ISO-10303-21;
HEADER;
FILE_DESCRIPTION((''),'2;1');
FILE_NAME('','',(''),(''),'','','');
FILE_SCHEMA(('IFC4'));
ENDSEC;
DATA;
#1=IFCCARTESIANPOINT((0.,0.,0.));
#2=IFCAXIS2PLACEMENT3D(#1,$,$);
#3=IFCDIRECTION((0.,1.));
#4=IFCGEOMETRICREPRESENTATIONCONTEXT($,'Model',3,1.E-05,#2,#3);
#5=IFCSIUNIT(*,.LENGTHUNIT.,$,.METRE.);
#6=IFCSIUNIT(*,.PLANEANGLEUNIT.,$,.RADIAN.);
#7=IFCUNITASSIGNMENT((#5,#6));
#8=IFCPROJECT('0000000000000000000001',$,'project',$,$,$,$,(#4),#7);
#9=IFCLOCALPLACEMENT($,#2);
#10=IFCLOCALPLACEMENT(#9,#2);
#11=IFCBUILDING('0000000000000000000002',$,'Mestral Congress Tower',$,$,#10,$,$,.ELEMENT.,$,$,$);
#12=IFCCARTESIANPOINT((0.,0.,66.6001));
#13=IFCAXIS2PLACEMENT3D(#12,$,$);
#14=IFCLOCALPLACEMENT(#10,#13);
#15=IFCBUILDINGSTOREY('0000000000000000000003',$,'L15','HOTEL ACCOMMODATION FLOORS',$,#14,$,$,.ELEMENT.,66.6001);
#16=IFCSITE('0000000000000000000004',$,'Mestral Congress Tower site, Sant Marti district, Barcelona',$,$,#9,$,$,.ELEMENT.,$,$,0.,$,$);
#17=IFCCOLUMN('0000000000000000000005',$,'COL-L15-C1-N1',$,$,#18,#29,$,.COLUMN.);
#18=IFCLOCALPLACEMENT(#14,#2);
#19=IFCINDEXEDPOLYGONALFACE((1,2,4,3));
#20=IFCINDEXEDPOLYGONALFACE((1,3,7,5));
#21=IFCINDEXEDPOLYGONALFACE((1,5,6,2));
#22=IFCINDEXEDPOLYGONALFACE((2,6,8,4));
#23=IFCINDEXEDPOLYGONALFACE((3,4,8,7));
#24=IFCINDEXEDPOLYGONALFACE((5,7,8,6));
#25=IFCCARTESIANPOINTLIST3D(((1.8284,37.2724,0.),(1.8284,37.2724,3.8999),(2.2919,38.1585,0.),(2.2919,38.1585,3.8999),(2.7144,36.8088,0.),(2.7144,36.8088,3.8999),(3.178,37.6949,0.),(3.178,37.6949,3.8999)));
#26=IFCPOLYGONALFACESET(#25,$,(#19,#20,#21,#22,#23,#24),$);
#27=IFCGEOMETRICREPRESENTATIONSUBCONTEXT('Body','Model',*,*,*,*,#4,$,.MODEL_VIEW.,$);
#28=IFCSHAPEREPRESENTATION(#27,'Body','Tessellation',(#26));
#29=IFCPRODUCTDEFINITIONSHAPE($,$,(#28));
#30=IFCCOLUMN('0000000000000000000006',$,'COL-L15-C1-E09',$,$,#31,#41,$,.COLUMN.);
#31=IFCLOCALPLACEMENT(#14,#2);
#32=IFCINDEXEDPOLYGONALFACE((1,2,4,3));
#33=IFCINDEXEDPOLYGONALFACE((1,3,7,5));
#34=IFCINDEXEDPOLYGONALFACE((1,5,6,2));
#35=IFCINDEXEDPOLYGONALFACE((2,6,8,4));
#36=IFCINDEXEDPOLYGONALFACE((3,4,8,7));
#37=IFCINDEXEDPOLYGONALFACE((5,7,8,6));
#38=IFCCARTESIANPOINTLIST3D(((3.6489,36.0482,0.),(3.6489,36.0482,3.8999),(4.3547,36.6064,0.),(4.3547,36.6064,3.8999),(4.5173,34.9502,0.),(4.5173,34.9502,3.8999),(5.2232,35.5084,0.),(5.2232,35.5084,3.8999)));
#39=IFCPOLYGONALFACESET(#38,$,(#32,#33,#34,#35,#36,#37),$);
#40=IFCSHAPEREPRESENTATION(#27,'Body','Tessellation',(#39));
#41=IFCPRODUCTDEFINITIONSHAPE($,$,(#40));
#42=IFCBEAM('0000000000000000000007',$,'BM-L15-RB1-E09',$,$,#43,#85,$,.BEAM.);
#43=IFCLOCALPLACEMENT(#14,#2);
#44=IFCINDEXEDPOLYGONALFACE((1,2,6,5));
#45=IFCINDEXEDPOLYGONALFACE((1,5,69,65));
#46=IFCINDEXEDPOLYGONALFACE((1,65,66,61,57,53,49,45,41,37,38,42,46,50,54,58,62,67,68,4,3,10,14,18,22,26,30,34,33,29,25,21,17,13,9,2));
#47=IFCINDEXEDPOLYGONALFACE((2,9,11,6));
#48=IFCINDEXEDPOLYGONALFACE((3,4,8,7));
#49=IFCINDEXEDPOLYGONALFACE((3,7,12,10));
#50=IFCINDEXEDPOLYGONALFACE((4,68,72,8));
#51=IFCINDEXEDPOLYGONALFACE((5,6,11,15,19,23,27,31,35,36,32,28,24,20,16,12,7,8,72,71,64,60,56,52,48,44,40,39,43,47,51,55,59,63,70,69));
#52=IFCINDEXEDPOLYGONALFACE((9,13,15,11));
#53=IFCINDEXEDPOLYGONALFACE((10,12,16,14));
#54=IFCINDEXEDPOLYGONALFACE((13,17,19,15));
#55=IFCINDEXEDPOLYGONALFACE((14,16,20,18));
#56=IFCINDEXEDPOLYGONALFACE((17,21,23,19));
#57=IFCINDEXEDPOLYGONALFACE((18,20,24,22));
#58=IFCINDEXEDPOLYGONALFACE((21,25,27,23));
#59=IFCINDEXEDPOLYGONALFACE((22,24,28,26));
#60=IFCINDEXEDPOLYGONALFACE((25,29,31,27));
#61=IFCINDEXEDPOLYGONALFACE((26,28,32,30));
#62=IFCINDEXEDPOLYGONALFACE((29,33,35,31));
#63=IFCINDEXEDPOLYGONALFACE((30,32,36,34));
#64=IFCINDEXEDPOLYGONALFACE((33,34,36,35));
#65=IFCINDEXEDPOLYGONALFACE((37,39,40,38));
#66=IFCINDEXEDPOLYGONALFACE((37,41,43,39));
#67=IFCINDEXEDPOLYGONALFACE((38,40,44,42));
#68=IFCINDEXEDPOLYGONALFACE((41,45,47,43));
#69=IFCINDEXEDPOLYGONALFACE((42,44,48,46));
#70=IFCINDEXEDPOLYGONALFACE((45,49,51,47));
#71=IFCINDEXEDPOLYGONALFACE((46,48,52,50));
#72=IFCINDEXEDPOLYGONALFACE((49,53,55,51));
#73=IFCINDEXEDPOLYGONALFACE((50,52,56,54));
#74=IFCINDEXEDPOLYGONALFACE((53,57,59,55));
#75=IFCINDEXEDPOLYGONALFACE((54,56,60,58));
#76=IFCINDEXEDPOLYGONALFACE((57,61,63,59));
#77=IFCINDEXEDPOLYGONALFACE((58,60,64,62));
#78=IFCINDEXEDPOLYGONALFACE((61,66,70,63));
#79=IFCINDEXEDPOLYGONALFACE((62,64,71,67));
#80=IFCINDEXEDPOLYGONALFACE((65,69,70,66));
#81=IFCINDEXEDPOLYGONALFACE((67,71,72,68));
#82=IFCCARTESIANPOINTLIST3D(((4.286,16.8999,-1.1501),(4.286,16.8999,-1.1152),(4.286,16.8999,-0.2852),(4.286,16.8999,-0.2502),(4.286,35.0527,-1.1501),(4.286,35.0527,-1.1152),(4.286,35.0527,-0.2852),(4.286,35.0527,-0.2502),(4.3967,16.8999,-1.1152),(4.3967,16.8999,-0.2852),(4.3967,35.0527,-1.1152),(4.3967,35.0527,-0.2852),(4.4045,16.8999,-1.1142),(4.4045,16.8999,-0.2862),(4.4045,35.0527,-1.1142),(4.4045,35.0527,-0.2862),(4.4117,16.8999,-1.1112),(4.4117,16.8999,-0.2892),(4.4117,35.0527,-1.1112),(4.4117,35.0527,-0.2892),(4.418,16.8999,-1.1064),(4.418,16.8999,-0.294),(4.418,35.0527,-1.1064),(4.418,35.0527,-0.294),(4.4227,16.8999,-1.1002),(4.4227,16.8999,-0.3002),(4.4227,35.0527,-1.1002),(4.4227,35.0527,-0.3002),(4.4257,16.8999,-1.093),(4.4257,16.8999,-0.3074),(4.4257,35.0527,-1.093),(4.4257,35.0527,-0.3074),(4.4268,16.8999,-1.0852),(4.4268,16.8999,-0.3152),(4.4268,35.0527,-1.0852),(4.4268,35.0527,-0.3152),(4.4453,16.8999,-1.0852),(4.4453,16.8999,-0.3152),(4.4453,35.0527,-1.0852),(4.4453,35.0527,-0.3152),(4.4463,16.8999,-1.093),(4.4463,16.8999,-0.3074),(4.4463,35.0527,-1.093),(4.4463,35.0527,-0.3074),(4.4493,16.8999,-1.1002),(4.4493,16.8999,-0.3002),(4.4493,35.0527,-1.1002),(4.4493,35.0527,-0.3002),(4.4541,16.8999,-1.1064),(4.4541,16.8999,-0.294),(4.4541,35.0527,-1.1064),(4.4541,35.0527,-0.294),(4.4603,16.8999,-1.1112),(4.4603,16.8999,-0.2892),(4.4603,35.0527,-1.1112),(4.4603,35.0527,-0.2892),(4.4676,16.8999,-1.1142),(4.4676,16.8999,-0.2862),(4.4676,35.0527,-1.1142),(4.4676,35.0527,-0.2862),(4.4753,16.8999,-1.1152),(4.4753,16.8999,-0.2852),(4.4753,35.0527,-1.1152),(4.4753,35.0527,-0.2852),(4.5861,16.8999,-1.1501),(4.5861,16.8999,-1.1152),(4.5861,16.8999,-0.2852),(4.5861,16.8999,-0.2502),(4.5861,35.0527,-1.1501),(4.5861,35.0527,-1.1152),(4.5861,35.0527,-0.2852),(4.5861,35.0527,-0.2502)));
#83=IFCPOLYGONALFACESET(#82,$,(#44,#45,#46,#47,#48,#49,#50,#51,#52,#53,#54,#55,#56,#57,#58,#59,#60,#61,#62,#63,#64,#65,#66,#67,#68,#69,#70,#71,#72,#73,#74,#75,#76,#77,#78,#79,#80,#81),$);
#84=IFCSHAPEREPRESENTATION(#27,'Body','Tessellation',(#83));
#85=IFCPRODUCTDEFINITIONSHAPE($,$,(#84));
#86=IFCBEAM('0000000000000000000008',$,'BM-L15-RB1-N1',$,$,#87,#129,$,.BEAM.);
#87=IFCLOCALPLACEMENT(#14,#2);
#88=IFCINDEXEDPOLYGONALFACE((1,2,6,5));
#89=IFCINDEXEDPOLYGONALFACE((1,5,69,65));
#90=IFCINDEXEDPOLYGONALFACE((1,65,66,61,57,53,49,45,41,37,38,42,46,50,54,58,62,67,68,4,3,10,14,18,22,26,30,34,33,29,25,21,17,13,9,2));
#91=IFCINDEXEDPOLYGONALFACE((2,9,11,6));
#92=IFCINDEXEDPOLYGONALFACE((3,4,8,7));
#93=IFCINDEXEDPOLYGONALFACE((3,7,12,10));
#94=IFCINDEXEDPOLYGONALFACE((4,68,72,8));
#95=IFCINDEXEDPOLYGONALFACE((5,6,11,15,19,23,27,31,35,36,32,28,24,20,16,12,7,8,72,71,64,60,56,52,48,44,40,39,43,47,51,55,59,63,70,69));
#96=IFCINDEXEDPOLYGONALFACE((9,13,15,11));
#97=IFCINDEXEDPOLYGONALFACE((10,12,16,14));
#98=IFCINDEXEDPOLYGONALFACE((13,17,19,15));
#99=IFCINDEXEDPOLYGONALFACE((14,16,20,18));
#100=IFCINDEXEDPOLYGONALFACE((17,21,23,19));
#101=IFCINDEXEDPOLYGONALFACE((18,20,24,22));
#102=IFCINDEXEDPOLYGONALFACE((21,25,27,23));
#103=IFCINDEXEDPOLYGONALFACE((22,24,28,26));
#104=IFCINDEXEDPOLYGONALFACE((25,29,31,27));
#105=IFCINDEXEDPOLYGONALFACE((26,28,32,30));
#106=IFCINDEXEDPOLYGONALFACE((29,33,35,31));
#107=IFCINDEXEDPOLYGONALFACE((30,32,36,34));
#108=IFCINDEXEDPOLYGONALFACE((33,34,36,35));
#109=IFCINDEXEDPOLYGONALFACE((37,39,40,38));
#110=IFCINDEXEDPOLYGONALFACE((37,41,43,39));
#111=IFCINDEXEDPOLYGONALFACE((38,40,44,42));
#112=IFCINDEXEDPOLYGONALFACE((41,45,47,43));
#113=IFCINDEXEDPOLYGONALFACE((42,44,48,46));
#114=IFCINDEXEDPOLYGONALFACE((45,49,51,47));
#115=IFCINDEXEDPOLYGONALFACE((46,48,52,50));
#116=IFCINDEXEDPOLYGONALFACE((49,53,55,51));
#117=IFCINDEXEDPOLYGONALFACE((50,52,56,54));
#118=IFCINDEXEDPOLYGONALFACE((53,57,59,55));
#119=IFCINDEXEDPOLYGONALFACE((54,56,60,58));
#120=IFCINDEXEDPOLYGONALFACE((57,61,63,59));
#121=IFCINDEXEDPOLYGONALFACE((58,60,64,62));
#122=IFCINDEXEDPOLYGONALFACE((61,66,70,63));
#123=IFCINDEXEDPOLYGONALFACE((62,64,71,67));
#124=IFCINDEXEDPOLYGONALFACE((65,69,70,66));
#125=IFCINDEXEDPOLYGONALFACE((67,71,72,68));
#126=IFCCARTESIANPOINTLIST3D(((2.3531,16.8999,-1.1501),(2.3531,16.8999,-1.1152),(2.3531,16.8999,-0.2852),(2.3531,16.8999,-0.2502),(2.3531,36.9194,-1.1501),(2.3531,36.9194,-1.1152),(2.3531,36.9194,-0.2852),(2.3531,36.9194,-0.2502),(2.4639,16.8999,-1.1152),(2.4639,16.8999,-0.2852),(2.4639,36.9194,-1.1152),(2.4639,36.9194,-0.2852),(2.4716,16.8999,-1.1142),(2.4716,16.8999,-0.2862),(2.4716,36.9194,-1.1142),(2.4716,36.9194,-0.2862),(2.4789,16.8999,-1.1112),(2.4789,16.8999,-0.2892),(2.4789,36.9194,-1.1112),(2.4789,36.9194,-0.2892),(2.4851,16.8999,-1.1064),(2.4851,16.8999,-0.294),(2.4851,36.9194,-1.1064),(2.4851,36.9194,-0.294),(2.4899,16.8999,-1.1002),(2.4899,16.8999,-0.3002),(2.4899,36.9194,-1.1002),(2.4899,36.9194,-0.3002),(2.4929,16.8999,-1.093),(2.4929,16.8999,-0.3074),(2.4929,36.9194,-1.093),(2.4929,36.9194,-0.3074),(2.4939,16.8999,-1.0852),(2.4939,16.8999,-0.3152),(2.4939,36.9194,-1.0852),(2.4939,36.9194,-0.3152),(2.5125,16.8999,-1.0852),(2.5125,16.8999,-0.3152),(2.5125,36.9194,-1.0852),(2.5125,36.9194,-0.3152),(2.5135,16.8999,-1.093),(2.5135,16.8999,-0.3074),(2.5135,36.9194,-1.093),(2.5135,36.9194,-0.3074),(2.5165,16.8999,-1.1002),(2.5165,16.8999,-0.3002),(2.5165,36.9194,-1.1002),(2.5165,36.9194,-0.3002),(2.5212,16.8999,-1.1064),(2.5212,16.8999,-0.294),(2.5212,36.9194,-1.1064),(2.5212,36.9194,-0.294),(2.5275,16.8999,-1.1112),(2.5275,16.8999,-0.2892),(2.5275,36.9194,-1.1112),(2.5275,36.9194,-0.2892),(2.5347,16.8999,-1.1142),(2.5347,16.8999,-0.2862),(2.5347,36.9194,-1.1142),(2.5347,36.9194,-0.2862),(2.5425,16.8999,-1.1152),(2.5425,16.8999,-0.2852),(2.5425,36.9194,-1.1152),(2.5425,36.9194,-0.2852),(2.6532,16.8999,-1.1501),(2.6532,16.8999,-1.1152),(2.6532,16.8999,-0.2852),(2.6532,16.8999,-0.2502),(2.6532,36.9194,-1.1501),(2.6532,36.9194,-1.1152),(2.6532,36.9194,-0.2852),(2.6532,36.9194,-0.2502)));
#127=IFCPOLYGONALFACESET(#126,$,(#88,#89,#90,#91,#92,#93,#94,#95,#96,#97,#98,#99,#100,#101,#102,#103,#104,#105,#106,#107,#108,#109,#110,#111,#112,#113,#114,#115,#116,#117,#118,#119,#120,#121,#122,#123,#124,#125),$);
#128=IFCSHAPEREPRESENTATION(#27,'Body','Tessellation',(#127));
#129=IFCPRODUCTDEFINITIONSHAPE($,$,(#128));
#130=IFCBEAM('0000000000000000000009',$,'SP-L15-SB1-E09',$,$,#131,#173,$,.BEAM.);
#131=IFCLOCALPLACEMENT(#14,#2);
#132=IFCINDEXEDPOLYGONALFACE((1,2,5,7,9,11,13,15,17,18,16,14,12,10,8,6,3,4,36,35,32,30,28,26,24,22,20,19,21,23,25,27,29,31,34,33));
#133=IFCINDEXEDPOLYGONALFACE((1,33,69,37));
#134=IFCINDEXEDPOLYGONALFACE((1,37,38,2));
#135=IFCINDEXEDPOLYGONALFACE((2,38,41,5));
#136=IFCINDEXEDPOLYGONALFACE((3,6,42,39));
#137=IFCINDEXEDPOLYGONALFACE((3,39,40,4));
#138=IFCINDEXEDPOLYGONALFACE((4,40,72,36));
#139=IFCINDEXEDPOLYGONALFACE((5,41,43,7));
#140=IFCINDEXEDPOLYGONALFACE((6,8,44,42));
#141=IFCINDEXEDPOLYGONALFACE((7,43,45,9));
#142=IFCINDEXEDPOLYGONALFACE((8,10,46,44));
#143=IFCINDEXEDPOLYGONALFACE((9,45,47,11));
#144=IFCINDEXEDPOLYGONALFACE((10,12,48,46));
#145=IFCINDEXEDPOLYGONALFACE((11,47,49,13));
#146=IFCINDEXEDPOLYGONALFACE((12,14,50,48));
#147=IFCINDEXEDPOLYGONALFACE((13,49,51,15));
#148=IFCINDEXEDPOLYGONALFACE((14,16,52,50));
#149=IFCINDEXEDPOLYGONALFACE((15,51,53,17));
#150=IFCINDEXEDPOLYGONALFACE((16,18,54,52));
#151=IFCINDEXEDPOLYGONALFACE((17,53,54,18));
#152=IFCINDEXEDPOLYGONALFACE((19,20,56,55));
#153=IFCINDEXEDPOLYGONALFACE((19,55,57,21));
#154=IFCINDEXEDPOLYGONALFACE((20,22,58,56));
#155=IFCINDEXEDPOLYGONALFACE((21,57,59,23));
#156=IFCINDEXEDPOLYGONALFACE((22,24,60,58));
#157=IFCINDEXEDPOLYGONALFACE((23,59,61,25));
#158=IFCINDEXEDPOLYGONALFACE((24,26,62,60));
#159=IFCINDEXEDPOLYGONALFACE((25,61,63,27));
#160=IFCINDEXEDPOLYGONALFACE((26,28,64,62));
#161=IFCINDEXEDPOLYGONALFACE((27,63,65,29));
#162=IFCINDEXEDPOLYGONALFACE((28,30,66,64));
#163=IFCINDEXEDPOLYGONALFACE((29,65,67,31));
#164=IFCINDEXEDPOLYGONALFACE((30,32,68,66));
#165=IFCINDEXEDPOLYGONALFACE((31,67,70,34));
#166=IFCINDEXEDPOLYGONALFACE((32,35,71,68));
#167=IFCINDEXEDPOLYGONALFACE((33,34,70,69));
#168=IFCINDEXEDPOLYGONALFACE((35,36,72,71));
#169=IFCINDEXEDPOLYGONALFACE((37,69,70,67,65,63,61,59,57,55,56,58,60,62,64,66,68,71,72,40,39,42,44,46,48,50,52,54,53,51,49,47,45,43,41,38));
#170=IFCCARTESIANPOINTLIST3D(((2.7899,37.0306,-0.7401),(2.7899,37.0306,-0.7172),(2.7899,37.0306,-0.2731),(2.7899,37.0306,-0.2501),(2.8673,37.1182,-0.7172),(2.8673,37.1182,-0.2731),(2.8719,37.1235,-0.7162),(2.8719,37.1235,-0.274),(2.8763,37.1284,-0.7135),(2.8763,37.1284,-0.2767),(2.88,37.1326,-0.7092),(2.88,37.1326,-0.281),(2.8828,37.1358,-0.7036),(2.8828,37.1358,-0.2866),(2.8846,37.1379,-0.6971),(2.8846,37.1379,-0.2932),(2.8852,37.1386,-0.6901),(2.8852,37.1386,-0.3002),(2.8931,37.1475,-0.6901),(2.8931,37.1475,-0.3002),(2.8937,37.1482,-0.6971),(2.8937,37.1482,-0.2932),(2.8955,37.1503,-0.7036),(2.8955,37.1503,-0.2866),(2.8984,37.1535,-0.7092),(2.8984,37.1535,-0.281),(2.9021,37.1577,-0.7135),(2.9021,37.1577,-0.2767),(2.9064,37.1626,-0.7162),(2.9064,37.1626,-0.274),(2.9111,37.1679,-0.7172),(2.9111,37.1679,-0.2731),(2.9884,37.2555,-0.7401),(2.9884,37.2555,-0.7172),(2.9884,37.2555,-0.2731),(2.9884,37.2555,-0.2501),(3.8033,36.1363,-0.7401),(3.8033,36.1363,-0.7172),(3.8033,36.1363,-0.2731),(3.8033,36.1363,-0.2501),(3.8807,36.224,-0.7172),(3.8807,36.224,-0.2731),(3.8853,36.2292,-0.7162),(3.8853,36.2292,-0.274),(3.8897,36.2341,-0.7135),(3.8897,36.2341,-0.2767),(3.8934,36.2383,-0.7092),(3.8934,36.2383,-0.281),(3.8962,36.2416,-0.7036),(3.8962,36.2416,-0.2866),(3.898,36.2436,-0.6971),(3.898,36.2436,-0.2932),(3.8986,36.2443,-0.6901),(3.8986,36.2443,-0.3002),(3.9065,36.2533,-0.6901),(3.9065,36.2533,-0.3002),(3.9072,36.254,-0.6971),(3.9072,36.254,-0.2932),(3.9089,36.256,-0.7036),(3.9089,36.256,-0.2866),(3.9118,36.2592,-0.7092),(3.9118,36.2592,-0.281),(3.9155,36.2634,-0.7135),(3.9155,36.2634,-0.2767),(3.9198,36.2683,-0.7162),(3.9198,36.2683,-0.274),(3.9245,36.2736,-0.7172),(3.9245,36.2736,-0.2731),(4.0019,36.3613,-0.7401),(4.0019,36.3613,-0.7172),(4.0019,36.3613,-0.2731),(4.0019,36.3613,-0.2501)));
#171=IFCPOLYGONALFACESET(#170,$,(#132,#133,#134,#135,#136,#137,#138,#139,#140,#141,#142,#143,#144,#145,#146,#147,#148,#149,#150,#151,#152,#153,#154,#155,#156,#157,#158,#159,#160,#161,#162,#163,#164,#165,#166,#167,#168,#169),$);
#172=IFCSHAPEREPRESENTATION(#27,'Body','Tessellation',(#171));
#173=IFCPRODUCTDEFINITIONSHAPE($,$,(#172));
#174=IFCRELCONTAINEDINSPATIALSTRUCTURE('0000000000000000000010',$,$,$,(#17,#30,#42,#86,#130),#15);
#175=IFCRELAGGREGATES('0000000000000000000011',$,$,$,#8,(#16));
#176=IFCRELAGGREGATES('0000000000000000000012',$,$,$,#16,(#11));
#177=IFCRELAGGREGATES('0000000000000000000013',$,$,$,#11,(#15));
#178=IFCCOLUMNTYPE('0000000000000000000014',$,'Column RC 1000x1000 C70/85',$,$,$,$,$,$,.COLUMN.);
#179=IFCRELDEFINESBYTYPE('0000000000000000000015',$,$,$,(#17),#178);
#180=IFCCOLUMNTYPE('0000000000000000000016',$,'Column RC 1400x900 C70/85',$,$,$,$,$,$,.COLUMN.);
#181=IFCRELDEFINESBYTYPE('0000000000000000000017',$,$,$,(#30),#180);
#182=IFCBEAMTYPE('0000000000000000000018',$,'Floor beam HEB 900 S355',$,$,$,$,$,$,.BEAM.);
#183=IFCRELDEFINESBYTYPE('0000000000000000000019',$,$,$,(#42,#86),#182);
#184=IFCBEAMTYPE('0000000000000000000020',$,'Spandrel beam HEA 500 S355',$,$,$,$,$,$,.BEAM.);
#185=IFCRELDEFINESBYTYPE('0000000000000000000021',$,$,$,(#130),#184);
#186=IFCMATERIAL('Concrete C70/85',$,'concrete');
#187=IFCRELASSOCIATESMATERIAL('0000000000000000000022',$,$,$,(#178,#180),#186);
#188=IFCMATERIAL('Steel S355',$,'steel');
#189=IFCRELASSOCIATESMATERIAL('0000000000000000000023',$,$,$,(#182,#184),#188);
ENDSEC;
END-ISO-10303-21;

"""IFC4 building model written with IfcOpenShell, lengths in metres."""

from ifc_helpers import new_model, si_unit, direction, frame, origin, origin_2d, place, context, subcontext, project, spatial, rectangle, i_section, extrude, material, material_profile, profile_set, type_object, element, save


model = new_model("IFC4")

# Units and contexts
model_context = context("Model", 3, precision=1e-05, world=origin(), true_north=direction((0.0, 1.0)))
body_context = subcontext(model_context, "Body", "Model", "MODEL_VIEW")
ifc_project = project(units=[si_unit("LENGTHUNIT", "METRE"), si_unit("PLANEANGLEUNIT", "RADIAN")], contexts=[model_context])

# Site, building, storey
site_placement = place(None, origin())
site = spatial("IfcSite", under=ifc_project, at=site_placement, Name="Mestral Congress Tower site, Sant Marti district, Barcelona", CompositionType="ELEMENT", RefElevation=0.0)
building_placement = place(site_placement, origin())
building = spatial("IfcBuilding", under=site, at=building_placement, Name="Mestral Congress Tower", CompositionType="ELEMENT")
storey_placement = place(building_placement, frame((0.0, 0.0, 66.6001)))
storey = spatial("IfcBuildingStorey", under=building, at=storey_placement, Name="L15", Description="HOTEL ACCOMMODATION FLOORS", CompositionType="ELEMENT", Elevation=66.6001)

# Columns
ifc_material_1 = material(Name="Concrete C70/85", Category="concrete")
ifc_material_profile_1 = material_profile(ifc_material_1, rectangle(XDim=1.0, YDim=1.0, at=origin_2d()), Name="RC 1000x1000")
ifc_profile_set_1 = profile_set([ifc_material_profile_1], Name="Concrete C70/85")
column_type_1 = type_object("IfcColumnType", Name="Column RC 1000x1000 C70/85", PredefinedType="COLUMN", material=ifc_profile_set_1)
column_1_placement = place(storey_placement, frame((2.5032, 37.4836, 0.0), z_axis=(0.0, 0.0, 1.0), x_axis=(-0.886068, 0.463556, 0.0)))
element("IfcColumn", 1, at=column_1_placement, inside=storey, type_object=column_type_1, Name="COL-L15-C1-N1", PredefinedType="COLUMN", context=body_context, shape_type="SweptSolid", body=[
    extrude(rectangle(XDim=1.0, YDim=1.0, at=origin_2d()), origin(), (0.0, 0.0, 1.0), 3.8999),
])
ifc_material_profile_2 = material_profile(ifc_material_1, rectangle(XDim=1.3999, YDim=0.8999, at=origin_2d()), Name="RC 1400x900")
ifc_profile_set_2 = profile_set([ifc_material_profile_2], Name="Concrete C70/85")
column_type_2 = type_object("IfcColumnType", Name="Column RC 1400x900 C70/85", PredefinedType="COLUMN", material=ifc_profile_set_2)
column_2_placement = place(storey_placement, frame((4.436, 35.7783, 0.0), z_axis=(0.0, 0.0, 1.0), x_axis=(-0.620334, 0.784338, 0.0)))
element("IfcColumn", 2, at=column_2_placement, inside=storey, type_object=column_type_2, Name="COL-L15-C1-E09", PredefinedType="COLUMN", context=body_context, shape_type="SweptSolid", body=[
    extrude(rectangle(XDim=1.3999, YDim=0.8999, at=origin_2d()), origin(), (0.0, 0.0, 1.0), 3.8999),
])

# Beams
ifc_material_2 = material(Name="Steel S355", Category="steel")
ifc_material_profile_3 = material_profile(ifc_material_2, i_section(OverallWidth=0.3, OverallDepth=0.8999, WebThickness=0.0186, FlangeThickness=0.0349, FilletRadius=0.03, at=origin_2d()), Name="HEB 900")
ifc_profile_set_3 = profile_set([ifc_material_profile_3], Name="Steel S355")
beam_type_1 = type_object("IfcBeamType", Name="Floor beam HEB 900 S355", PredefinedType="BEAM", material=ifc_profile_set_3)
beam_1_placement = place(storey_placement, frame((4.436, 35.0527, -0.7002), z_axis=(0.0, -1.0, 0.0), x_axis=(1.0, 0.0, 0.0)))
element("IfcBeam", 3, at=beam_1_placement, inside=storey, type_object=beam_type_1, Name="BM-L15-RB1-E09", PredefinedType="BEAM", context=body_context, shape_type="SweptSolid", body=[
    extrude(i_section(OverallWidth=0.3, OverallDepth=0.8999, WebThickness=0.0186, FlangeThickness=0.0349, FilletRadius=0.03, at=origin_2d()), origin(), (0.0, 0.0, 1.0), 18.1528),
])
beam_2_placement = place(storey_placement, frame((2.5032, 36.9194, -0.7002), z_axis=(0.0, -1.0, 0.0), x_axis=(1.0, 0.0, 0.0)))
element("IfcBeam", 4, at=beam_2_placement, inside=storey, type_object=beam_type_1, Name="BM-L15-RB1-N1", PredefinedType="BEAM", context=body_context, shape_type="SweptSolid", body=[
    extrude(i_section(OverallWidth=0.3, OverallDepth=0.8999, WebThickness=0.0186, FlangeThickness=0.0349, FilletRadius=0.03, at=origin_2d()), origin(), (0.0, 0.0, 1.0), 20.0195),
])
ifc_material_profile_4 = material_profile(ifc_material_2, i_section(OverallWidth=0.3, OverallDepth=0.49, WebThickness=0.012, FlangeThickness=0.0229, FilletRadius=0.0271, at=origin_2d()), Name="HEA 500")
ifc_profile_set_4 = profile_set([ifc_material_profile_4], Name="Steel S355")
beam_type_2 = type_object("IfcBeamType", Name="Spandrel beam HEA 500 S355", PredefinedType="BEAM", material=ifc_profile_set_4)
beam_3_placement = place(storey_placement, frame((3.9026, 36.2488, -0.4951), z_axis=(-0.749806, 0.661657, 0.0), x_axis=(-0.661657, -0.749806, 0.0)))
element("IfcBeam", 5, at=beam_3_placement, inside=storey, type_object=beam_type_2, Name="SP-L15-SB1-E09", PredefinedType="BEAM", context=body_context, shape_type="SweptSolid", body=[
    extrude(i_section(OverallWidth=0.3, OverallDepth=0.49, WebThickness=0.012, FlangeThickness=0.0229, FilletRadius=0.0271, at=origin_2d()), origin(), (0.0, 0.0, 1.0), 1.3516),
])

save(model, "model.ifc")
